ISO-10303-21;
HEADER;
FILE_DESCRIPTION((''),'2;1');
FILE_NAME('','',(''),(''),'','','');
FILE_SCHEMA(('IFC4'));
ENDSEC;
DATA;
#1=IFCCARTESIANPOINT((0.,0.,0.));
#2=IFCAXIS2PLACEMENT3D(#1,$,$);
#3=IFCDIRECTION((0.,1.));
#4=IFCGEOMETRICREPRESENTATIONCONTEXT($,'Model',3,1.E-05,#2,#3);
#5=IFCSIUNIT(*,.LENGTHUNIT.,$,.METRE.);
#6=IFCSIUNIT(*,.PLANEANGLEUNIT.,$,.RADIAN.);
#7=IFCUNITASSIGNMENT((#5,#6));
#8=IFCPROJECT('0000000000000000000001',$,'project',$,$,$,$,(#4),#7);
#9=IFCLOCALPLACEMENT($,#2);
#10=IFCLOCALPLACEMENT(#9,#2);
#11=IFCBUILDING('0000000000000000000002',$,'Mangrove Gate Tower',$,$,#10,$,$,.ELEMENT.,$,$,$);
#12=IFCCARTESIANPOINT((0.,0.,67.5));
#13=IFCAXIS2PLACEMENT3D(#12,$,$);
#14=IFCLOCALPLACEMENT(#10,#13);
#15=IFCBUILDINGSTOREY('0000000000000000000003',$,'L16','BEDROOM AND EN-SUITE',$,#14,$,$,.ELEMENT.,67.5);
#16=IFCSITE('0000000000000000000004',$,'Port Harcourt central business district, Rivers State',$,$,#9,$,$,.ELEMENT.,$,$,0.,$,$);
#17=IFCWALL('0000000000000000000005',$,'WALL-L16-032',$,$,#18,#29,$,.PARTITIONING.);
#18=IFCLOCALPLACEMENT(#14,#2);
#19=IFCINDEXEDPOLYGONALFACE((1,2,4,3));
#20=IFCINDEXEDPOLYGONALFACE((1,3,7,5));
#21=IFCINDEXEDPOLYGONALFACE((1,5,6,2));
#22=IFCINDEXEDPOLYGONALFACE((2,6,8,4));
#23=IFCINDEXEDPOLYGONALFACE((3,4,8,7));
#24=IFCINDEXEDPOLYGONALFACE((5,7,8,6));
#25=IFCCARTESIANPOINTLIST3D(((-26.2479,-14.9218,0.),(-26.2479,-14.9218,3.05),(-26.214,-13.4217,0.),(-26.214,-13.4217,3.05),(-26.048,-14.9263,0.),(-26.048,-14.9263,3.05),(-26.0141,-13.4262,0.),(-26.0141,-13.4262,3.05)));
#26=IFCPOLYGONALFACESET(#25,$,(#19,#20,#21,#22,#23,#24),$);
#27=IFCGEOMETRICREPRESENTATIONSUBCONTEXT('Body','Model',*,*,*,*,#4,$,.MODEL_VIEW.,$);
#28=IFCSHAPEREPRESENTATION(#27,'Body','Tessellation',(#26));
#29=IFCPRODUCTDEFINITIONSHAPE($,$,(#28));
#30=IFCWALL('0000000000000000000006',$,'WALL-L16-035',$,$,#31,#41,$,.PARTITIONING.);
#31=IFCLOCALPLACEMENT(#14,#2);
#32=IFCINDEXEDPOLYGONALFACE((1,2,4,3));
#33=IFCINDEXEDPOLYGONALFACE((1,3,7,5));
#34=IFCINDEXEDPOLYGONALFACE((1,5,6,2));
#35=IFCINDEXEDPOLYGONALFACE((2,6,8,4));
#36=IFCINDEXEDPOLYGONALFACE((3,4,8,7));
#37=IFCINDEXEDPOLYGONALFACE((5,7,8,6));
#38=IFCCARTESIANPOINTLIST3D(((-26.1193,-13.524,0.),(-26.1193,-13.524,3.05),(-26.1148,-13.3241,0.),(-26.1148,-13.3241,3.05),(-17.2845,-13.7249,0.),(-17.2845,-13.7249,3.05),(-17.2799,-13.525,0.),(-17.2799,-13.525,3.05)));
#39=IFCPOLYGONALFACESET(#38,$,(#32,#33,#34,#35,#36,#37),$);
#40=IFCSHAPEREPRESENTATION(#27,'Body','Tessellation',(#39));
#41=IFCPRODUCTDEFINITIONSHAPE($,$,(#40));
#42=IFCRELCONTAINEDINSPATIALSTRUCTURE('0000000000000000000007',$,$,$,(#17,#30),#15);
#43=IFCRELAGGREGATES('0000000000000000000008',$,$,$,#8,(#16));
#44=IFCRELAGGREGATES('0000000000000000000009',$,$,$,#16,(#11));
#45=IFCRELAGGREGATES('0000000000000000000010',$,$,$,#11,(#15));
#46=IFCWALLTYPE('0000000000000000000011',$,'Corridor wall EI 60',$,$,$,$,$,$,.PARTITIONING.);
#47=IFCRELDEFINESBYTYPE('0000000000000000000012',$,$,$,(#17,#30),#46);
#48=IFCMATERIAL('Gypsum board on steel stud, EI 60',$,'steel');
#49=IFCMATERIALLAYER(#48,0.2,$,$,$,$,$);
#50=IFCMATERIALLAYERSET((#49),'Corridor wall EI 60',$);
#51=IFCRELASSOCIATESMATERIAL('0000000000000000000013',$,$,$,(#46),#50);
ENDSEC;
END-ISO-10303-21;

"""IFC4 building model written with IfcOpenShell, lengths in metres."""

from ifc_helpers import new_model, si_unit, direction, frame, frame_2d, origin, place, context, subcontext, project, spatial, rectangle, extrude, material, layer, layer_set, type_object, element, save


model = new_model("IFC4")

# Units and contexts
model_context = context("Model", 3, precision=1e-05, world=origin(), true_north=direction((0.0, 1.0)))
body_context = subcontext(model_context, "Body", "Model", "MODEL_VIEW")
ifc_project = project(units=[si_unit("LENGTHUNIT", "METRE"), si_unit("PLANEANGLEUNIT", "RADIAN")], contexts=[model_context])

# Site, building, storey
site_placement = place(None, origin())
site = spatial("IfcSite", under=ifc_project, at=site_placement, Name="Port Harcourt central business district, Rivers State", CompositionType="ELEMENT", RefElevation=0.0)
building_placement = place(site_placement, origin())
building = spatial("IfcBuilding", under=site, at=building_placement, Name="Mangrove Gate Tower", CompositionType="ELEMENT")
storey_placement = place(building_placement, frame((0.0, 0.0, 67.5)))
storey = spatial("IfcBuildingStorey", under=building, at=storey_placement, Name="L16", Description="BEDROOM AND EN-SUITE", CompositionType="ELEMENT", Elevation=67.5)

# Walls
ifc_material_1 = material(Name="Gypsum board on steel stud, EI 60", Category="steel")
ifc_layer = layer(ifc_material_1, 0.2)
ifc_layer_set = layer_set([ifc_layer], Name="Corridor wall EI 60")
wall_type = type_object("IfcWallType", Name="Corridor wall EI 60", PredefinedType="PARTITIONING", material=ifc_layer_set)
wall_1_placement = place(storey_placement, frame((-26.1479, -14.9241, 0.0), z_axis=(0.0, 0.0, 1.0), x_axis=(0.022618, 0.999744, 0.0)))
element("IfcWall", 1, at=wall_1_placement, inside=storey, type_object=wall_type, Name="WALL-L16-032", PredefinedType="PARTITIONING", context=body_context, shape_type="SweptSolid", body=[
    extrude(rectangle(XDim=1.5005, YDim=0.2, at=frame_2d((0.7502, 0.0))), origin(), (0.0, 0.0, 1.0), 3.05),
])
wall_2_placement = place(storey_placement, frame((-26.1169, -13.4241, 0.0), z_axis=(0.0, 0.0, 1.0), x_axis=(0.999741, -0.022736, 0.0)))
element("IfcWall", 2, at=wall_2_placement, inside=storey, type_object=wall_type, Name="WALL-L16-035", PredefinedType="PARTITIONING", context=body_context, shape_type="SweptSolid", body=[
    extrude(rectangle(XDim=8.8372, YDim=0.2, at=frame_2d((4.4185, 0.0))), origin(), (0.0, 0.0, 1.0), 3.05),
])

save(model, "model.ifc")
